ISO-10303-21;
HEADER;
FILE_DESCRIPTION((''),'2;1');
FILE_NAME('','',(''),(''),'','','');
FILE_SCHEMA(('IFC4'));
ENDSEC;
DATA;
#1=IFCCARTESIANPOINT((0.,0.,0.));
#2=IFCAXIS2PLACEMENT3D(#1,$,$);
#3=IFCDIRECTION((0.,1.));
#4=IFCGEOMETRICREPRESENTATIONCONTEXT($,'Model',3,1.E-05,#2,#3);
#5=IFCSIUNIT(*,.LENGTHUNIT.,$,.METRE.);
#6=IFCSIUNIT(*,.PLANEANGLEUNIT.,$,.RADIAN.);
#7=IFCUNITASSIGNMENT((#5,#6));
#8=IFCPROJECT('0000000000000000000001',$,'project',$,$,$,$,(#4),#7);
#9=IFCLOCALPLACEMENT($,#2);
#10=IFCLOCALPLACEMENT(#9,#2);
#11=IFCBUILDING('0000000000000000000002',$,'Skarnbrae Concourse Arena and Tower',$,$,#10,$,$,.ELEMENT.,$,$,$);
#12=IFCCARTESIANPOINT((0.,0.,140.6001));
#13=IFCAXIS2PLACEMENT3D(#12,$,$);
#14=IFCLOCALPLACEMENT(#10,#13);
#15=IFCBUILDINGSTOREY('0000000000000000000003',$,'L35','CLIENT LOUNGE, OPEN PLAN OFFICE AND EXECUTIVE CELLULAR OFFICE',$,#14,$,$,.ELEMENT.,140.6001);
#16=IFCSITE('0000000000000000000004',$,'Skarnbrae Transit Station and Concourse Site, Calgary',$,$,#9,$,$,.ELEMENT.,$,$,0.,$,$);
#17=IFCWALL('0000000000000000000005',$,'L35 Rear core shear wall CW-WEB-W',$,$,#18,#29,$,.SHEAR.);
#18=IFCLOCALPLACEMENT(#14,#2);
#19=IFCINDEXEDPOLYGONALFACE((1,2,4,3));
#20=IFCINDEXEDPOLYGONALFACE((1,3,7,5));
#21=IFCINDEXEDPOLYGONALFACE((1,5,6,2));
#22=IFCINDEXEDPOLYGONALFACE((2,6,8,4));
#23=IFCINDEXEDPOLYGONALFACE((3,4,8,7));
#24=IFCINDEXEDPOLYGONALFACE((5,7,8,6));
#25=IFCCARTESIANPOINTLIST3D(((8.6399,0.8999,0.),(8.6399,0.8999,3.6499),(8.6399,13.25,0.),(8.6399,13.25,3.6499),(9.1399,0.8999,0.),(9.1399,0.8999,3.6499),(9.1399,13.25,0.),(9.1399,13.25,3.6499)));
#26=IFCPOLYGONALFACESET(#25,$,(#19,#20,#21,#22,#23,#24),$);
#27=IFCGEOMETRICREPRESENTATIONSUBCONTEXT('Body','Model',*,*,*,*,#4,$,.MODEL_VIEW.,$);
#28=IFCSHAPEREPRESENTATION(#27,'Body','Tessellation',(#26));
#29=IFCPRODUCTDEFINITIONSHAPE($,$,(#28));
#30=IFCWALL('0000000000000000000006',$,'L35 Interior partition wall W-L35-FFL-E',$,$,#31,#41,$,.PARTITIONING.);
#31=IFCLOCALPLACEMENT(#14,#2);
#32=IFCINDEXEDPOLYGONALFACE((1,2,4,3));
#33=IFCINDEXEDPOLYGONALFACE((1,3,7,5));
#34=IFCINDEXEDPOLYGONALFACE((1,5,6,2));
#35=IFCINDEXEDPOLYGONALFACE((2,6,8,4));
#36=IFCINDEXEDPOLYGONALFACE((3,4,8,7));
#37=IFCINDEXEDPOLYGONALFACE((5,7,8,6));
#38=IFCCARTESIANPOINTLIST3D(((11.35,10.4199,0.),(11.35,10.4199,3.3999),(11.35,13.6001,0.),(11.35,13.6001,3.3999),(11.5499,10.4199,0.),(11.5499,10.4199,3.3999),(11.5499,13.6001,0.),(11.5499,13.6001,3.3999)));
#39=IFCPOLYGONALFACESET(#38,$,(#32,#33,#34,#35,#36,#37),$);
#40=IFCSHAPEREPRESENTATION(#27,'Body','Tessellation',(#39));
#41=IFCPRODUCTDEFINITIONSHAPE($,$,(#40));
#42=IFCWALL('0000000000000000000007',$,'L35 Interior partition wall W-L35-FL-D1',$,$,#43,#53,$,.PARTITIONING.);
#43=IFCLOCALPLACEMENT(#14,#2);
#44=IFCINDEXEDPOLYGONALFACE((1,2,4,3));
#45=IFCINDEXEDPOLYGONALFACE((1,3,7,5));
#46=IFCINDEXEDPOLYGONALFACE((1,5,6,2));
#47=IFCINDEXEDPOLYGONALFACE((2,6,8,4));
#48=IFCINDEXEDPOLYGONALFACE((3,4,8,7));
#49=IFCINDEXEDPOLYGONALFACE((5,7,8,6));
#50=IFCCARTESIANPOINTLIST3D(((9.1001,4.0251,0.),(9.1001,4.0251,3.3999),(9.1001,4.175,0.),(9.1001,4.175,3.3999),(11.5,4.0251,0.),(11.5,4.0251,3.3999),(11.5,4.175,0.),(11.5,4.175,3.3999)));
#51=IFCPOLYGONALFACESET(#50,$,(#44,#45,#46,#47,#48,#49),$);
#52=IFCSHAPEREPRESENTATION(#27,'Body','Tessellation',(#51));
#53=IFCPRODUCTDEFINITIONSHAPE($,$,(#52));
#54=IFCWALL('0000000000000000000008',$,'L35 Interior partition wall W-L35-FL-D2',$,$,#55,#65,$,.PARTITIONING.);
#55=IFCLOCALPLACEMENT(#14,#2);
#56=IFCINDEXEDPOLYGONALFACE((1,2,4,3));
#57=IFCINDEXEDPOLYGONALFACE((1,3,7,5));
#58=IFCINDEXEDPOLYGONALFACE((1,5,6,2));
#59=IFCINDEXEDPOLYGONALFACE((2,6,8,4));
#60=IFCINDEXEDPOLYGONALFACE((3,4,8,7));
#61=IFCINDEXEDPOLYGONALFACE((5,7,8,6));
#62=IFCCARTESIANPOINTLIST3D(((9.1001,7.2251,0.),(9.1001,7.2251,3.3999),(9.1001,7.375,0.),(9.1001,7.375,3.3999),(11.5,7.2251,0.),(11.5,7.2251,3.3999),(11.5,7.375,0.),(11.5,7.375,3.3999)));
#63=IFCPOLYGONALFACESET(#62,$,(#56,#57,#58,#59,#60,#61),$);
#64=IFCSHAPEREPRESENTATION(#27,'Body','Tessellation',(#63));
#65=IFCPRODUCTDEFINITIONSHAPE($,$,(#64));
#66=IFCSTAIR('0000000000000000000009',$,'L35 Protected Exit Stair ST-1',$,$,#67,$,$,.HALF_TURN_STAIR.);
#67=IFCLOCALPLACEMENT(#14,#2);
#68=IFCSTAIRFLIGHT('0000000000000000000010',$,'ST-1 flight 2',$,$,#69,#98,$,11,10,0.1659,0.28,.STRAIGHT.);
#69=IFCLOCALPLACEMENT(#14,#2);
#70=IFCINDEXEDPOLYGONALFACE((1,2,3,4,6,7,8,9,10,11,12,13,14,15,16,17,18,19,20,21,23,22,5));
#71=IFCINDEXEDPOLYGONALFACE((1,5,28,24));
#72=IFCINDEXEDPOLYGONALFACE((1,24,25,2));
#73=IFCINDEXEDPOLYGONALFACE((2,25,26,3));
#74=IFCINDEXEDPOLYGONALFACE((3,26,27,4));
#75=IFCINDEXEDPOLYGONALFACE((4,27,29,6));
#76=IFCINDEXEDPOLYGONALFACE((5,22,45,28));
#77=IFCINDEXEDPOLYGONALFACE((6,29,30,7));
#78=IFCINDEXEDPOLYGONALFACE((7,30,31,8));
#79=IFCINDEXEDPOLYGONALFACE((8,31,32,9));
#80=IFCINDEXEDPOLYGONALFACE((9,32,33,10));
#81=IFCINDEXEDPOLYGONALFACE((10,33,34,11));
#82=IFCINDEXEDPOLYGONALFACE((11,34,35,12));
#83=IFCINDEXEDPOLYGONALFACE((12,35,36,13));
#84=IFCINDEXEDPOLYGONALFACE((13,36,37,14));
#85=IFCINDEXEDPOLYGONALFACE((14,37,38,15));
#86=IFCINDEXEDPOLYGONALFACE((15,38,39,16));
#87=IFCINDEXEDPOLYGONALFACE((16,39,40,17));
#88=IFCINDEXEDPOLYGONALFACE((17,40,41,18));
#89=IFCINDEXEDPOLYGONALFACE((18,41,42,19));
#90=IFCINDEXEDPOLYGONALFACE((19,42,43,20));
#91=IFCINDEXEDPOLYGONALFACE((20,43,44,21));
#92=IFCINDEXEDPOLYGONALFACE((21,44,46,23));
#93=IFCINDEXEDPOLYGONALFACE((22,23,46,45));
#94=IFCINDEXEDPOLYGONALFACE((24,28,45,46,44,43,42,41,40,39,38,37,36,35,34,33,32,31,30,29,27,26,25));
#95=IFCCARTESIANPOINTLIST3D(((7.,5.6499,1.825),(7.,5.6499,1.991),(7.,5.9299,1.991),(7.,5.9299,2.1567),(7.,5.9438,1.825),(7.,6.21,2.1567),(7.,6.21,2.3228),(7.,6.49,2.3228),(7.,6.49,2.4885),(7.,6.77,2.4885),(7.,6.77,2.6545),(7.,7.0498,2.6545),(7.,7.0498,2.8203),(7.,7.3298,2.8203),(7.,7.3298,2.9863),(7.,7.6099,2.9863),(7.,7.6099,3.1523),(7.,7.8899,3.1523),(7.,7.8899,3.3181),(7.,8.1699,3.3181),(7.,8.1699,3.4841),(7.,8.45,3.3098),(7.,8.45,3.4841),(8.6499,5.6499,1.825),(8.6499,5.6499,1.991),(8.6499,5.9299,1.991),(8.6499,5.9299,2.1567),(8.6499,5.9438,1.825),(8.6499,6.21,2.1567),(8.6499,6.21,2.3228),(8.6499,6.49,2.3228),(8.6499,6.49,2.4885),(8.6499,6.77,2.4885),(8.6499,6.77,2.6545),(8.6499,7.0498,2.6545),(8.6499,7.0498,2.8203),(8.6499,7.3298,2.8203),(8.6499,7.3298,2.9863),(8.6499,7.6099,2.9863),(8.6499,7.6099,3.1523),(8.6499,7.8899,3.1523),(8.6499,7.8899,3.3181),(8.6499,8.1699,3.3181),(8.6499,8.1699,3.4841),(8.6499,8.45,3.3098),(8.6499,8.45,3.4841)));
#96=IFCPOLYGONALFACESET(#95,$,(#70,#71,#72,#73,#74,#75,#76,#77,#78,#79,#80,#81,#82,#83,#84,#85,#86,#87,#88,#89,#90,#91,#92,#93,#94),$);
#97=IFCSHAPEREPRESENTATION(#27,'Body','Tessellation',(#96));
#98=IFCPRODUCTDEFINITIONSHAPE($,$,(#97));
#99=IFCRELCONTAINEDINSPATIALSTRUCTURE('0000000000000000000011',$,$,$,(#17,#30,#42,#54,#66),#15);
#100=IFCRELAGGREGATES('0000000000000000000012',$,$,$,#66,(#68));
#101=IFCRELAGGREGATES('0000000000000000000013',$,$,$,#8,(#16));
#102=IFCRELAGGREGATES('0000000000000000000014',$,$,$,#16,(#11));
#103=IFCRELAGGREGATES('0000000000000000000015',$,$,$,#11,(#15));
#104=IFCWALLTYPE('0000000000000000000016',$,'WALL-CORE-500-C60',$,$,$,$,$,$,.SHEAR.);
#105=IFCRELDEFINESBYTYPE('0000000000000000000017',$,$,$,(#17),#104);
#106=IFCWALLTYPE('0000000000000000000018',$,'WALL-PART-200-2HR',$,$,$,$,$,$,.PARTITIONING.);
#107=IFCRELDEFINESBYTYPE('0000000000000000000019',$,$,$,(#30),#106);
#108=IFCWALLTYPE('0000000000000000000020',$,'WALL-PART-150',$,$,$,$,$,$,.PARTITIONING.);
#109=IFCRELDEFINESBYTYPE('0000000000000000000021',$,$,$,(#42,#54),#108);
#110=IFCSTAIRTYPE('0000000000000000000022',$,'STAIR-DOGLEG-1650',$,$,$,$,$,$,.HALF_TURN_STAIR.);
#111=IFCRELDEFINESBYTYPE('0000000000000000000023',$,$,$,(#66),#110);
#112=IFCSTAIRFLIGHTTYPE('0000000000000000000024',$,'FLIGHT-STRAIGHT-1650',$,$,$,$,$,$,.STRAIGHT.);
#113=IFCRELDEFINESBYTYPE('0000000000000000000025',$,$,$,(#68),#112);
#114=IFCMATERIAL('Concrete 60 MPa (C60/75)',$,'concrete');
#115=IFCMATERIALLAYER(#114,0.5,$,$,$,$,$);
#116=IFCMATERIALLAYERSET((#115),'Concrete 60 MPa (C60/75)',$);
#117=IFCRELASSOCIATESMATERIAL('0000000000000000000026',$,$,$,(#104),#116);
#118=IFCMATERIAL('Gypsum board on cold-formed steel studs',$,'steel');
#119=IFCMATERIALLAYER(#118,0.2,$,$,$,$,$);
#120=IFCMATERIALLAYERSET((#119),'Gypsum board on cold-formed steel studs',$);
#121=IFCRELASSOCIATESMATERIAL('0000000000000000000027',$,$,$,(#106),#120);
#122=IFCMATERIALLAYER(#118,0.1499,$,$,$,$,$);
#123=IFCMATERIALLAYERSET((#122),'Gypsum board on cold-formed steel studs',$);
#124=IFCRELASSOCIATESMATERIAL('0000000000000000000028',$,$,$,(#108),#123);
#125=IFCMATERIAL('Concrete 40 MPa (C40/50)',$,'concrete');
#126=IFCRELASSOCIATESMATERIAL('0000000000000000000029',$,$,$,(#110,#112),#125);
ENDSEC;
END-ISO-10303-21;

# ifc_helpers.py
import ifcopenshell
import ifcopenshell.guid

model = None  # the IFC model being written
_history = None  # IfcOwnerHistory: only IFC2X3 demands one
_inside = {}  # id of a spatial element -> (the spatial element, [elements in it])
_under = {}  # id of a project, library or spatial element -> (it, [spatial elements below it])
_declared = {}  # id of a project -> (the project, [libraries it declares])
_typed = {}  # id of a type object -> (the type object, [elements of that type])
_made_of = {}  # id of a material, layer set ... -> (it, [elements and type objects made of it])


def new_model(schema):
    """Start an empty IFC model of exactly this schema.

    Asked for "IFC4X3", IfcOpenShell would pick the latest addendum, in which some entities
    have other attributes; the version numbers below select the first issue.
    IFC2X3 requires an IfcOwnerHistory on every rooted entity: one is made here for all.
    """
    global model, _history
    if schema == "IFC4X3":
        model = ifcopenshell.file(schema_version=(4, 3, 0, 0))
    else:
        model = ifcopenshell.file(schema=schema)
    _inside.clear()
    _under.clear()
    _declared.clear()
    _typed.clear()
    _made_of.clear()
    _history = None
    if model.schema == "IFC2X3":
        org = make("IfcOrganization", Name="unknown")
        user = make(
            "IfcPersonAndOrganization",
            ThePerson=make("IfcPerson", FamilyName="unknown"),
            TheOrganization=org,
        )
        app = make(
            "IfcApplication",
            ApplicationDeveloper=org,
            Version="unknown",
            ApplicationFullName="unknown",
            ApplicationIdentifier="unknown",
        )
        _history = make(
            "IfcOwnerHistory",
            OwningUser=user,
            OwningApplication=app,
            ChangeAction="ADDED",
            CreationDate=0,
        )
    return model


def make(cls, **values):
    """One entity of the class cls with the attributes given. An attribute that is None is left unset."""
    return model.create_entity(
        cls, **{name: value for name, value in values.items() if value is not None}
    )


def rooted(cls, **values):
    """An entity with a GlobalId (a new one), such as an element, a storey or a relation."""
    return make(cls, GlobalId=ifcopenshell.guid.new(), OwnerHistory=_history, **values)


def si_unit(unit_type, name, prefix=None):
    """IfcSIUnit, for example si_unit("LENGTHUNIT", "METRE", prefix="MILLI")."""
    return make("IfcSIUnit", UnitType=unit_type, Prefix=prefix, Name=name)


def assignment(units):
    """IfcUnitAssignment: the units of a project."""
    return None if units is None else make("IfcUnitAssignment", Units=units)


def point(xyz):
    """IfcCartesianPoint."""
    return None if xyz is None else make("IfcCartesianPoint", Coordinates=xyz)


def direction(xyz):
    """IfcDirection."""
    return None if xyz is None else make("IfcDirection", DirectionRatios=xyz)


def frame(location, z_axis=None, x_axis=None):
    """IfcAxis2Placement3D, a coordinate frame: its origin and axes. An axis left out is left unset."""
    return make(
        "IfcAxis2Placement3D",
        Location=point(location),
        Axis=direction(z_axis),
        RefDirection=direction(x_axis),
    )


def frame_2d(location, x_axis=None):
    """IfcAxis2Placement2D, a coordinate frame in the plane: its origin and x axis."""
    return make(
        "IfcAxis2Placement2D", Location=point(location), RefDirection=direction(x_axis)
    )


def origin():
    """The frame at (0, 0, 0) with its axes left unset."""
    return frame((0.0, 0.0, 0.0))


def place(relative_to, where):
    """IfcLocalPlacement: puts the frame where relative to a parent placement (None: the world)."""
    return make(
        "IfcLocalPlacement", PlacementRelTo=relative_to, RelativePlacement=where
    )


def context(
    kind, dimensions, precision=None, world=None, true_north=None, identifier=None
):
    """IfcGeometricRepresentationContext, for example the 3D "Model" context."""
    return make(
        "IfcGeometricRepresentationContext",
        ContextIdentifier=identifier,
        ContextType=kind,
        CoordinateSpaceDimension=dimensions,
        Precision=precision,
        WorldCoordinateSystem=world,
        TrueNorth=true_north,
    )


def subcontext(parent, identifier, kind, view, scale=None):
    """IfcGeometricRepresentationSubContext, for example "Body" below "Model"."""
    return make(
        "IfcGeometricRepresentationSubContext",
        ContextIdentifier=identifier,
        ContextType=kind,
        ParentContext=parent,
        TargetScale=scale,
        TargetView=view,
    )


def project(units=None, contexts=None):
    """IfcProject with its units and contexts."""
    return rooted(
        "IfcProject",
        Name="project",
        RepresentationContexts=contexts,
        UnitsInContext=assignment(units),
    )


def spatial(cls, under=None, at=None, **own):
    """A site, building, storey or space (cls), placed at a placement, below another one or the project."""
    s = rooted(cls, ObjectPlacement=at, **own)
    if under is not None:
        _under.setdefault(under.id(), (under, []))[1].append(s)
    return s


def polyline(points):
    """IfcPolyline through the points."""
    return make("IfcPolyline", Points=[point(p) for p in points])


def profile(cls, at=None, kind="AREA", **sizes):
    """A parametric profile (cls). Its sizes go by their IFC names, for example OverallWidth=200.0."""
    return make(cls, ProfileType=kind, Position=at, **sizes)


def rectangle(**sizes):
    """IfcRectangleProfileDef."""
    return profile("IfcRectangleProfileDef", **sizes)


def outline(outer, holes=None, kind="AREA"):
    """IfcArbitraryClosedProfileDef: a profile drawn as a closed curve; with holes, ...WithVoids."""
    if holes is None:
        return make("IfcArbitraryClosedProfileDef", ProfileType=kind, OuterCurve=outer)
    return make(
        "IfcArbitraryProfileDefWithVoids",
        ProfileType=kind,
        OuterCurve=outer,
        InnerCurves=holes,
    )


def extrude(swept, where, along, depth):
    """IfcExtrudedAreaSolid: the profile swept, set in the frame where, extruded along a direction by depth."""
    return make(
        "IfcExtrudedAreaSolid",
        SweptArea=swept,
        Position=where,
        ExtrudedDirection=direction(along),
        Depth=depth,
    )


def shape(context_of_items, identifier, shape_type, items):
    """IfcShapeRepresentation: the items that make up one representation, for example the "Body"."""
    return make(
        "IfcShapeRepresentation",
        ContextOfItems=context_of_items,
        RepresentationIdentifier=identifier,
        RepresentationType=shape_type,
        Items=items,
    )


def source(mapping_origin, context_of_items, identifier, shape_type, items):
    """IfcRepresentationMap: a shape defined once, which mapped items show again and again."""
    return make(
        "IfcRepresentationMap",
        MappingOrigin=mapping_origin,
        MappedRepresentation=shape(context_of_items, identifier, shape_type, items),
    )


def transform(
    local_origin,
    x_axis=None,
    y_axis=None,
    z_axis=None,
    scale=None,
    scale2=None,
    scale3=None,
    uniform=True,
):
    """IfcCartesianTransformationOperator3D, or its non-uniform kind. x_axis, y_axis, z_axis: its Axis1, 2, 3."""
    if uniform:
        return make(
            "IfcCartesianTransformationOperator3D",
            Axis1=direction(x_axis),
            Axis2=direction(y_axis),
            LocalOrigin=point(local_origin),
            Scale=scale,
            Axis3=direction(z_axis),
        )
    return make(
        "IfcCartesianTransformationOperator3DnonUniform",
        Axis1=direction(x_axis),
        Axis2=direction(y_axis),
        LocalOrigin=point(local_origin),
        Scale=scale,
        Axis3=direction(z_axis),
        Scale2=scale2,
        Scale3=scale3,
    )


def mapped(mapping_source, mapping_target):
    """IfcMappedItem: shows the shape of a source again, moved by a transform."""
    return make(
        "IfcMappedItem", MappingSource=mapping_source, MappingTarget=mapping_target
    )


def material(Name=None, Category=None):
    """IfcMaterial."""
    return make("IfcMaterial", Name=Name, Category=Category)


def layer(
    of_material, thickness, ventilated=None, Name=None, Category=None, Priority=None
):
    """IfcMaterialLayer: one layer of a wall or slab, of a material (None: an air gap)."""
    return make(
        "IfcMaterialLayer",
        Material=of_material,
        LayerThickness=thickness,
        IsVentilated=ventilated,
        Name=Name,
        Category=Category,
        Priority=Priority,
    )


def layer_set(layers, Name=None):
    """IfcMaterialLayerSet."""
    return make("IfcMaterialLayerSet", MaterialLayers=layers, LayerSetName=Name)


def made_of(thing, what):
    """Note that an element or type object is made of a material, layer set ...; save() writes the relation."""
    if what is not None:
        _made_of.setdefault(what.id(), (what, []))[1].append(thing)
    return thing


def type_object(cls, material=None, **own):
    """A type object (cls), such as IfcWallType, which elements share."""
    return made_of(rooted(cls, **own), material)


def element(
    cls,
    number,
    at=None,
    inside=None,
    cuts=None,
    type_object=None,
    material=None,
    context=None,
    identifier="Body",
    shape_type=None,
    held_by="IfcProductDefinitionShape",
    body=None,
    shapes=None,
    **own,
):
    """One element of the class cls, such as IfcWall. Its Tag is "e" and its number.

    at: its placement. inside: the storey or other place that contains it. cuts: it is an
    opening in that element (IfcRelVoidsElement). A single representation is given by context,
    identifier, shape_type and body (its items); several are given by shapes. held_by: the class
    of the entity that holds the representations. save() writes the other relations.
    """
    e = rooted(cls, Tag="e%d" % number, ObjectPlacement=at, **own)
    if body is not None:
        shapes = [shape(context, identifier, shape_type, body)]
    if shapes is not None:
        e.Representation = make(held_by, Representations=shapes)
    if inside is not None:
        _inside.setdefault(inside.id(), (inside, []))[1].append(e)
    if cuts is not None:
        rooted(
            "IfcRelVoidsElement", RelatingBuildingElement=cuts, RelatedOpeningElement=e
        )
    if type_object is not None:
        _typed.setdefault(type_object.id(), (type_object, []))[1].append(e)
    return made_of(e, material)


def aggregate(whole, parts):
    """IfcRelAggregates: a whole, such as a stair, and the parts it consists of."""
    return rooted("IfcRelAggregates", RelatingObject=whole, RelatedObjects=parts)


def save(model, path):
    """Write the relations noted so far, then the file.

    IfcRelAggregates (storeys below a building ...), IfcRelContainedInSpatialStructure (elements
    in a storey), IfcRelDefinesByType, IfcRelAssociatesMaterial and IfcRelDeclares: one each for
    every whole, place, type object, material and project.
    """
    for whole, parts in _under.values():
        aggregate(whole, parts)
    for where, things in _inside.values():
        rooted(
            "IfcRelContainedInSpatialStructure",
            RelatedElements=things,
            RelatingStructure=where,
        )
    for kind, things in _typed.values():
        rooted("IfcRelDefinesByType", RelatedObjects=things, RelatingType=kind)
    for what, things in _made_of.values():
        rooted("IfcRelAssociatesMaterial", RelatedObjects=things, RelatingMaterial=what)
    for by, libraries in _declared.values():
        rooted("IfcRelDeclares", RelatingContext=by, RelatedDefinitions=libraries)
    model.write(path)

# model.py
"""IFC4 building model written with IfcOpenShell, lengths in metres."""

from ifc_helpers import new_model, si_unit, direction, frame, frame_2d, origin, place, context, subcontext, project, spatial, polyline, rectangle, outline, extrude, source, transform, mapped, material, layer, layer_set, type_object, element, aggregate, save


model = new_model("IFC4")

# Units and contexts
model_context = context("Model", 3, precision=1e-05, world=origin(), true_north=direction((0.0, 1.0)))
body_context = subcontext(model_context, "Body", "Model", "MODEL_VIEW")
ifc_project = project(units=[si_unit("LENGTHUNIT", "METRE"), si_unit("PLANEANGLEUNIT", "RADIAN")], contexts=[model_context])

# Site, building, storey
site_placement = place(None, origin())
site = spatial("IfcSite", under=ifc_project, at=site_placement, Name="Skarnbrae Transit Station and Concourse Site, Calgary", CompositionType="ELEMENT", RefElevation=0.0)
building_placement = place(site_placement, origin())
building = spatial("IfcBuilding", under=site, at=building_placement, Name="Skarnbrae Concourse Arena and Tower", CompositionType="ELEMENT")
storey_placement = place(building_placement, frame((0.0, 0.0, 140.6001)))
storey = spatial("IfcBuildingStorey", under=building, at=storey_placement, Name="L35", Description="CLIENT LOUNGE, OPEN PLAN OFFICE AND EXECUTIVE CELLULAR OFFICE", CompositionType="ELEMENT", Elevation=140.6001)

# Walls
ifc_material_1 = material(Name="Concrete 60 MPa (C60/75)", Category="concrete")
ifc_layer_1 = layer(ifc_material_1, 0.5)
ifc_layer_set_1 = layer_set([ifc_layer_1], Name="Concrete 60 MPa (C60/75)")
wall_type_1 = type_object("IfcWallType", Name="WALL-CORE-500-C60", PredefinedType="SHEAR", material=ifc_layer_set_1)
shared_shape_1 = source(origin(), body_context, "Body", "SweptSolid", [
    extrude(rectangle(XDim=12.3501, YDim=0.5, at=frame_2d((6.175, 0.0))), origin(), (0.0, 0.0, 1.0), 3.6499),
])
wall_1_placement = place(storey_placement, frame((8.8899, 0.8999, 0.0), z_axis=(0.0, 0.0, 1.0), x_axis=(0.0, 1.0, 0.0)))
element("IfcWall", 1, at=wall_1_placement, inside=storey, type_object=wall_type_1, Name="L35 Rear core shear wall CW-WEB-W", PredefinedType="SHEAR", context=body_context, shape_type="MappedRepresentation", body=[
    mapped(shared_shape_1, transform((0.0, 0.0, 0.0))),
])
ifc_material_2 = material(Name="Gypsum board on cold-formed steel studs", Category="steel")
ifc_layer_2 = layer(ifc_material_2, 0.2)
ifc_layer_set_2 = layer_set([ifc_layer_2], Name="Gypsum board on cold-formed steel studs")
wall_type_2 = type_object("IfcWallType", Name="WALL-PART-200-2HR", PredefinedType="PARTITIONING", material=ifc_layer_set_2)
shared_shape_2 = source(origin(), body_context, "Body", "SweptSolid", [
    extrude(rectangle(XDim=3.1802, YDim=0.2, at=frame_2d((1.5901, 0.0))), origin(), (0.0, 0.0, 1.0), 3.3999),
])
wall_2_placement = place(storey_placement, frame((11.45, 10.4199, 0.0), z_axis=(0.0, 0.0, 1.0), x_axis=(0.0, 1.0, 0.0)))
element("IfcWall", 2, at=wall_2_placement, inside=storey, type_object=wall_type_2, Name="L35 Interior partition wall W-L35-FFL-E", PredefinedType="PARTITIONING", context=body_context, shape_type="MappedRepresentation", body=[
    mapped(shared_shape_2, transform((0.0, 0.0, 0.0))),
])

# Walls
ifc_layer_3 = layer(ifc_material_2, 0.1499)
ifc_layer_set_3 = layer_set([ifc_layer_3], Name="Gypsum board on cold-formed steel studs")
wall_type_3 = type_object("IfcWallType", Name="WALL-PART-150", PredefinedType="PARTITIONING", material=ifc_layer_set_3)
shared_shape_3 = source(origin(), body_context, "Body", "SweptSolid", [
    extrude(rectangle(XDim=2.3999, YDim=0.1499, at=frame_2d((1.2, 0.0))), origin(), (0.0, 0.0, 1.0), 3.3999),
])
for number, where, z_axis, x_axis, name in (
    (3, (9.1001, 4.1001, 0.0), (0.0, 0.0, 1.0), (1.0, 0.0, 0.0), "L35 Interior partition wall W-L35-FL-D1"),
    (4, (9.1001, 7.3, 0.0), (0.0, 0.0, 1.0), (1.0, 0.0, 0.0), "L35 Interior partition wall W-L35-FL-D2"),
):
    element("IfcWall", number, at=place(storey_placement, frame(where, z_axis=z_axis, x_axis=x_axis)), inside=storey, type_object=wall_type_3, Name=name, PredefinedType="PARTITIONING", context=body_context, shape_type="MappedRepresentation", body=[
        mapped(shared_shape_3, transform((0.0, 0.0, 0.0))),
    ])

# Stair, stair flight
ifc_material_3 = material(Name="Concrete 40 MPa (C40/50)", Category="concrete")
stair_type = type_object("IfcStairType", Name="STAIR-DOGLEG-1650", PredefinedType="HALF_TURN_STAIR", material=ifc_material_3)
stair_placement = place(storey_placement, origin())
stair = element("IfcStair", 5, at=stair_placement, inside=storey, type_object=stair_type, Name="L35 Protected Exit Stair ST-1", PredefinedType="HALF_TURN_STAIR")
stair_flight_type = type_object("IfcStairFlightType", Name="FLIGHT-STRAIGHT-1650", PredefinedType="STRAIGHT", material=ifc_material_3)
shared_shape_4 = source(origin(), body_context, "Body", "SweptSolid", [
    extrude(outline(polyline([(0.0, 0.0), (0.0, 0.166), (0.28, 0.166), (0.28, 0.3318), (0.5601, 0.3318), (0.5601, 0.4978), (0.8401, 0.4978), (0.8401, 0.6636), (1.1201, 0.6636), (1.1201, 0.8296), (1.3999, 0.8296), (1.3999, 0.9954), (1.6799, 0.9954), (1.6799, 1.1614), (1.96, 1.1614), (1.96, 1.3274), (2.24, 1.3274), (2.24, 1.4932), (2.52, 1.4932), (2.52, 1.6592), (2.8, 1.6592), (2.8, 1.825), (2.8, 1.4849), (0.2939, 0.0), (0.0, 0.0)])), frame((0.0, 0.825, 0.0), z_axis=(0.0, -1.0, 0.0), x_axis=(1.0, 0.0, 0.0)), (0.0, 0.0, 1.0), 1.6499),
])
stair_flight_placement = place(storey_placement, frame((7.825, 5.6499, 1.825), z_axis=(0.0, 0.0, 1.0), x_axis=(0.0, 1.0, 0.0)))
stair_flight = element("IfcStairFlight", 6, at=stair_flight_placement, type_object=stair_flight_type, Name="ST-1 flight 2", NumberOfRisers=11, NumberOfTreads=10, PredefinedType="STRAIGHT", RiserHeight=0.1659, TreadLength=0.28, context=body_context, shape_type="MappedRepresentation", body=[
    mapped(shared_shape_4, transform((0.0, 0.0, 0.0))),
])
aggregate(stair, [stair_flight])

save(model, "model.ifc")
